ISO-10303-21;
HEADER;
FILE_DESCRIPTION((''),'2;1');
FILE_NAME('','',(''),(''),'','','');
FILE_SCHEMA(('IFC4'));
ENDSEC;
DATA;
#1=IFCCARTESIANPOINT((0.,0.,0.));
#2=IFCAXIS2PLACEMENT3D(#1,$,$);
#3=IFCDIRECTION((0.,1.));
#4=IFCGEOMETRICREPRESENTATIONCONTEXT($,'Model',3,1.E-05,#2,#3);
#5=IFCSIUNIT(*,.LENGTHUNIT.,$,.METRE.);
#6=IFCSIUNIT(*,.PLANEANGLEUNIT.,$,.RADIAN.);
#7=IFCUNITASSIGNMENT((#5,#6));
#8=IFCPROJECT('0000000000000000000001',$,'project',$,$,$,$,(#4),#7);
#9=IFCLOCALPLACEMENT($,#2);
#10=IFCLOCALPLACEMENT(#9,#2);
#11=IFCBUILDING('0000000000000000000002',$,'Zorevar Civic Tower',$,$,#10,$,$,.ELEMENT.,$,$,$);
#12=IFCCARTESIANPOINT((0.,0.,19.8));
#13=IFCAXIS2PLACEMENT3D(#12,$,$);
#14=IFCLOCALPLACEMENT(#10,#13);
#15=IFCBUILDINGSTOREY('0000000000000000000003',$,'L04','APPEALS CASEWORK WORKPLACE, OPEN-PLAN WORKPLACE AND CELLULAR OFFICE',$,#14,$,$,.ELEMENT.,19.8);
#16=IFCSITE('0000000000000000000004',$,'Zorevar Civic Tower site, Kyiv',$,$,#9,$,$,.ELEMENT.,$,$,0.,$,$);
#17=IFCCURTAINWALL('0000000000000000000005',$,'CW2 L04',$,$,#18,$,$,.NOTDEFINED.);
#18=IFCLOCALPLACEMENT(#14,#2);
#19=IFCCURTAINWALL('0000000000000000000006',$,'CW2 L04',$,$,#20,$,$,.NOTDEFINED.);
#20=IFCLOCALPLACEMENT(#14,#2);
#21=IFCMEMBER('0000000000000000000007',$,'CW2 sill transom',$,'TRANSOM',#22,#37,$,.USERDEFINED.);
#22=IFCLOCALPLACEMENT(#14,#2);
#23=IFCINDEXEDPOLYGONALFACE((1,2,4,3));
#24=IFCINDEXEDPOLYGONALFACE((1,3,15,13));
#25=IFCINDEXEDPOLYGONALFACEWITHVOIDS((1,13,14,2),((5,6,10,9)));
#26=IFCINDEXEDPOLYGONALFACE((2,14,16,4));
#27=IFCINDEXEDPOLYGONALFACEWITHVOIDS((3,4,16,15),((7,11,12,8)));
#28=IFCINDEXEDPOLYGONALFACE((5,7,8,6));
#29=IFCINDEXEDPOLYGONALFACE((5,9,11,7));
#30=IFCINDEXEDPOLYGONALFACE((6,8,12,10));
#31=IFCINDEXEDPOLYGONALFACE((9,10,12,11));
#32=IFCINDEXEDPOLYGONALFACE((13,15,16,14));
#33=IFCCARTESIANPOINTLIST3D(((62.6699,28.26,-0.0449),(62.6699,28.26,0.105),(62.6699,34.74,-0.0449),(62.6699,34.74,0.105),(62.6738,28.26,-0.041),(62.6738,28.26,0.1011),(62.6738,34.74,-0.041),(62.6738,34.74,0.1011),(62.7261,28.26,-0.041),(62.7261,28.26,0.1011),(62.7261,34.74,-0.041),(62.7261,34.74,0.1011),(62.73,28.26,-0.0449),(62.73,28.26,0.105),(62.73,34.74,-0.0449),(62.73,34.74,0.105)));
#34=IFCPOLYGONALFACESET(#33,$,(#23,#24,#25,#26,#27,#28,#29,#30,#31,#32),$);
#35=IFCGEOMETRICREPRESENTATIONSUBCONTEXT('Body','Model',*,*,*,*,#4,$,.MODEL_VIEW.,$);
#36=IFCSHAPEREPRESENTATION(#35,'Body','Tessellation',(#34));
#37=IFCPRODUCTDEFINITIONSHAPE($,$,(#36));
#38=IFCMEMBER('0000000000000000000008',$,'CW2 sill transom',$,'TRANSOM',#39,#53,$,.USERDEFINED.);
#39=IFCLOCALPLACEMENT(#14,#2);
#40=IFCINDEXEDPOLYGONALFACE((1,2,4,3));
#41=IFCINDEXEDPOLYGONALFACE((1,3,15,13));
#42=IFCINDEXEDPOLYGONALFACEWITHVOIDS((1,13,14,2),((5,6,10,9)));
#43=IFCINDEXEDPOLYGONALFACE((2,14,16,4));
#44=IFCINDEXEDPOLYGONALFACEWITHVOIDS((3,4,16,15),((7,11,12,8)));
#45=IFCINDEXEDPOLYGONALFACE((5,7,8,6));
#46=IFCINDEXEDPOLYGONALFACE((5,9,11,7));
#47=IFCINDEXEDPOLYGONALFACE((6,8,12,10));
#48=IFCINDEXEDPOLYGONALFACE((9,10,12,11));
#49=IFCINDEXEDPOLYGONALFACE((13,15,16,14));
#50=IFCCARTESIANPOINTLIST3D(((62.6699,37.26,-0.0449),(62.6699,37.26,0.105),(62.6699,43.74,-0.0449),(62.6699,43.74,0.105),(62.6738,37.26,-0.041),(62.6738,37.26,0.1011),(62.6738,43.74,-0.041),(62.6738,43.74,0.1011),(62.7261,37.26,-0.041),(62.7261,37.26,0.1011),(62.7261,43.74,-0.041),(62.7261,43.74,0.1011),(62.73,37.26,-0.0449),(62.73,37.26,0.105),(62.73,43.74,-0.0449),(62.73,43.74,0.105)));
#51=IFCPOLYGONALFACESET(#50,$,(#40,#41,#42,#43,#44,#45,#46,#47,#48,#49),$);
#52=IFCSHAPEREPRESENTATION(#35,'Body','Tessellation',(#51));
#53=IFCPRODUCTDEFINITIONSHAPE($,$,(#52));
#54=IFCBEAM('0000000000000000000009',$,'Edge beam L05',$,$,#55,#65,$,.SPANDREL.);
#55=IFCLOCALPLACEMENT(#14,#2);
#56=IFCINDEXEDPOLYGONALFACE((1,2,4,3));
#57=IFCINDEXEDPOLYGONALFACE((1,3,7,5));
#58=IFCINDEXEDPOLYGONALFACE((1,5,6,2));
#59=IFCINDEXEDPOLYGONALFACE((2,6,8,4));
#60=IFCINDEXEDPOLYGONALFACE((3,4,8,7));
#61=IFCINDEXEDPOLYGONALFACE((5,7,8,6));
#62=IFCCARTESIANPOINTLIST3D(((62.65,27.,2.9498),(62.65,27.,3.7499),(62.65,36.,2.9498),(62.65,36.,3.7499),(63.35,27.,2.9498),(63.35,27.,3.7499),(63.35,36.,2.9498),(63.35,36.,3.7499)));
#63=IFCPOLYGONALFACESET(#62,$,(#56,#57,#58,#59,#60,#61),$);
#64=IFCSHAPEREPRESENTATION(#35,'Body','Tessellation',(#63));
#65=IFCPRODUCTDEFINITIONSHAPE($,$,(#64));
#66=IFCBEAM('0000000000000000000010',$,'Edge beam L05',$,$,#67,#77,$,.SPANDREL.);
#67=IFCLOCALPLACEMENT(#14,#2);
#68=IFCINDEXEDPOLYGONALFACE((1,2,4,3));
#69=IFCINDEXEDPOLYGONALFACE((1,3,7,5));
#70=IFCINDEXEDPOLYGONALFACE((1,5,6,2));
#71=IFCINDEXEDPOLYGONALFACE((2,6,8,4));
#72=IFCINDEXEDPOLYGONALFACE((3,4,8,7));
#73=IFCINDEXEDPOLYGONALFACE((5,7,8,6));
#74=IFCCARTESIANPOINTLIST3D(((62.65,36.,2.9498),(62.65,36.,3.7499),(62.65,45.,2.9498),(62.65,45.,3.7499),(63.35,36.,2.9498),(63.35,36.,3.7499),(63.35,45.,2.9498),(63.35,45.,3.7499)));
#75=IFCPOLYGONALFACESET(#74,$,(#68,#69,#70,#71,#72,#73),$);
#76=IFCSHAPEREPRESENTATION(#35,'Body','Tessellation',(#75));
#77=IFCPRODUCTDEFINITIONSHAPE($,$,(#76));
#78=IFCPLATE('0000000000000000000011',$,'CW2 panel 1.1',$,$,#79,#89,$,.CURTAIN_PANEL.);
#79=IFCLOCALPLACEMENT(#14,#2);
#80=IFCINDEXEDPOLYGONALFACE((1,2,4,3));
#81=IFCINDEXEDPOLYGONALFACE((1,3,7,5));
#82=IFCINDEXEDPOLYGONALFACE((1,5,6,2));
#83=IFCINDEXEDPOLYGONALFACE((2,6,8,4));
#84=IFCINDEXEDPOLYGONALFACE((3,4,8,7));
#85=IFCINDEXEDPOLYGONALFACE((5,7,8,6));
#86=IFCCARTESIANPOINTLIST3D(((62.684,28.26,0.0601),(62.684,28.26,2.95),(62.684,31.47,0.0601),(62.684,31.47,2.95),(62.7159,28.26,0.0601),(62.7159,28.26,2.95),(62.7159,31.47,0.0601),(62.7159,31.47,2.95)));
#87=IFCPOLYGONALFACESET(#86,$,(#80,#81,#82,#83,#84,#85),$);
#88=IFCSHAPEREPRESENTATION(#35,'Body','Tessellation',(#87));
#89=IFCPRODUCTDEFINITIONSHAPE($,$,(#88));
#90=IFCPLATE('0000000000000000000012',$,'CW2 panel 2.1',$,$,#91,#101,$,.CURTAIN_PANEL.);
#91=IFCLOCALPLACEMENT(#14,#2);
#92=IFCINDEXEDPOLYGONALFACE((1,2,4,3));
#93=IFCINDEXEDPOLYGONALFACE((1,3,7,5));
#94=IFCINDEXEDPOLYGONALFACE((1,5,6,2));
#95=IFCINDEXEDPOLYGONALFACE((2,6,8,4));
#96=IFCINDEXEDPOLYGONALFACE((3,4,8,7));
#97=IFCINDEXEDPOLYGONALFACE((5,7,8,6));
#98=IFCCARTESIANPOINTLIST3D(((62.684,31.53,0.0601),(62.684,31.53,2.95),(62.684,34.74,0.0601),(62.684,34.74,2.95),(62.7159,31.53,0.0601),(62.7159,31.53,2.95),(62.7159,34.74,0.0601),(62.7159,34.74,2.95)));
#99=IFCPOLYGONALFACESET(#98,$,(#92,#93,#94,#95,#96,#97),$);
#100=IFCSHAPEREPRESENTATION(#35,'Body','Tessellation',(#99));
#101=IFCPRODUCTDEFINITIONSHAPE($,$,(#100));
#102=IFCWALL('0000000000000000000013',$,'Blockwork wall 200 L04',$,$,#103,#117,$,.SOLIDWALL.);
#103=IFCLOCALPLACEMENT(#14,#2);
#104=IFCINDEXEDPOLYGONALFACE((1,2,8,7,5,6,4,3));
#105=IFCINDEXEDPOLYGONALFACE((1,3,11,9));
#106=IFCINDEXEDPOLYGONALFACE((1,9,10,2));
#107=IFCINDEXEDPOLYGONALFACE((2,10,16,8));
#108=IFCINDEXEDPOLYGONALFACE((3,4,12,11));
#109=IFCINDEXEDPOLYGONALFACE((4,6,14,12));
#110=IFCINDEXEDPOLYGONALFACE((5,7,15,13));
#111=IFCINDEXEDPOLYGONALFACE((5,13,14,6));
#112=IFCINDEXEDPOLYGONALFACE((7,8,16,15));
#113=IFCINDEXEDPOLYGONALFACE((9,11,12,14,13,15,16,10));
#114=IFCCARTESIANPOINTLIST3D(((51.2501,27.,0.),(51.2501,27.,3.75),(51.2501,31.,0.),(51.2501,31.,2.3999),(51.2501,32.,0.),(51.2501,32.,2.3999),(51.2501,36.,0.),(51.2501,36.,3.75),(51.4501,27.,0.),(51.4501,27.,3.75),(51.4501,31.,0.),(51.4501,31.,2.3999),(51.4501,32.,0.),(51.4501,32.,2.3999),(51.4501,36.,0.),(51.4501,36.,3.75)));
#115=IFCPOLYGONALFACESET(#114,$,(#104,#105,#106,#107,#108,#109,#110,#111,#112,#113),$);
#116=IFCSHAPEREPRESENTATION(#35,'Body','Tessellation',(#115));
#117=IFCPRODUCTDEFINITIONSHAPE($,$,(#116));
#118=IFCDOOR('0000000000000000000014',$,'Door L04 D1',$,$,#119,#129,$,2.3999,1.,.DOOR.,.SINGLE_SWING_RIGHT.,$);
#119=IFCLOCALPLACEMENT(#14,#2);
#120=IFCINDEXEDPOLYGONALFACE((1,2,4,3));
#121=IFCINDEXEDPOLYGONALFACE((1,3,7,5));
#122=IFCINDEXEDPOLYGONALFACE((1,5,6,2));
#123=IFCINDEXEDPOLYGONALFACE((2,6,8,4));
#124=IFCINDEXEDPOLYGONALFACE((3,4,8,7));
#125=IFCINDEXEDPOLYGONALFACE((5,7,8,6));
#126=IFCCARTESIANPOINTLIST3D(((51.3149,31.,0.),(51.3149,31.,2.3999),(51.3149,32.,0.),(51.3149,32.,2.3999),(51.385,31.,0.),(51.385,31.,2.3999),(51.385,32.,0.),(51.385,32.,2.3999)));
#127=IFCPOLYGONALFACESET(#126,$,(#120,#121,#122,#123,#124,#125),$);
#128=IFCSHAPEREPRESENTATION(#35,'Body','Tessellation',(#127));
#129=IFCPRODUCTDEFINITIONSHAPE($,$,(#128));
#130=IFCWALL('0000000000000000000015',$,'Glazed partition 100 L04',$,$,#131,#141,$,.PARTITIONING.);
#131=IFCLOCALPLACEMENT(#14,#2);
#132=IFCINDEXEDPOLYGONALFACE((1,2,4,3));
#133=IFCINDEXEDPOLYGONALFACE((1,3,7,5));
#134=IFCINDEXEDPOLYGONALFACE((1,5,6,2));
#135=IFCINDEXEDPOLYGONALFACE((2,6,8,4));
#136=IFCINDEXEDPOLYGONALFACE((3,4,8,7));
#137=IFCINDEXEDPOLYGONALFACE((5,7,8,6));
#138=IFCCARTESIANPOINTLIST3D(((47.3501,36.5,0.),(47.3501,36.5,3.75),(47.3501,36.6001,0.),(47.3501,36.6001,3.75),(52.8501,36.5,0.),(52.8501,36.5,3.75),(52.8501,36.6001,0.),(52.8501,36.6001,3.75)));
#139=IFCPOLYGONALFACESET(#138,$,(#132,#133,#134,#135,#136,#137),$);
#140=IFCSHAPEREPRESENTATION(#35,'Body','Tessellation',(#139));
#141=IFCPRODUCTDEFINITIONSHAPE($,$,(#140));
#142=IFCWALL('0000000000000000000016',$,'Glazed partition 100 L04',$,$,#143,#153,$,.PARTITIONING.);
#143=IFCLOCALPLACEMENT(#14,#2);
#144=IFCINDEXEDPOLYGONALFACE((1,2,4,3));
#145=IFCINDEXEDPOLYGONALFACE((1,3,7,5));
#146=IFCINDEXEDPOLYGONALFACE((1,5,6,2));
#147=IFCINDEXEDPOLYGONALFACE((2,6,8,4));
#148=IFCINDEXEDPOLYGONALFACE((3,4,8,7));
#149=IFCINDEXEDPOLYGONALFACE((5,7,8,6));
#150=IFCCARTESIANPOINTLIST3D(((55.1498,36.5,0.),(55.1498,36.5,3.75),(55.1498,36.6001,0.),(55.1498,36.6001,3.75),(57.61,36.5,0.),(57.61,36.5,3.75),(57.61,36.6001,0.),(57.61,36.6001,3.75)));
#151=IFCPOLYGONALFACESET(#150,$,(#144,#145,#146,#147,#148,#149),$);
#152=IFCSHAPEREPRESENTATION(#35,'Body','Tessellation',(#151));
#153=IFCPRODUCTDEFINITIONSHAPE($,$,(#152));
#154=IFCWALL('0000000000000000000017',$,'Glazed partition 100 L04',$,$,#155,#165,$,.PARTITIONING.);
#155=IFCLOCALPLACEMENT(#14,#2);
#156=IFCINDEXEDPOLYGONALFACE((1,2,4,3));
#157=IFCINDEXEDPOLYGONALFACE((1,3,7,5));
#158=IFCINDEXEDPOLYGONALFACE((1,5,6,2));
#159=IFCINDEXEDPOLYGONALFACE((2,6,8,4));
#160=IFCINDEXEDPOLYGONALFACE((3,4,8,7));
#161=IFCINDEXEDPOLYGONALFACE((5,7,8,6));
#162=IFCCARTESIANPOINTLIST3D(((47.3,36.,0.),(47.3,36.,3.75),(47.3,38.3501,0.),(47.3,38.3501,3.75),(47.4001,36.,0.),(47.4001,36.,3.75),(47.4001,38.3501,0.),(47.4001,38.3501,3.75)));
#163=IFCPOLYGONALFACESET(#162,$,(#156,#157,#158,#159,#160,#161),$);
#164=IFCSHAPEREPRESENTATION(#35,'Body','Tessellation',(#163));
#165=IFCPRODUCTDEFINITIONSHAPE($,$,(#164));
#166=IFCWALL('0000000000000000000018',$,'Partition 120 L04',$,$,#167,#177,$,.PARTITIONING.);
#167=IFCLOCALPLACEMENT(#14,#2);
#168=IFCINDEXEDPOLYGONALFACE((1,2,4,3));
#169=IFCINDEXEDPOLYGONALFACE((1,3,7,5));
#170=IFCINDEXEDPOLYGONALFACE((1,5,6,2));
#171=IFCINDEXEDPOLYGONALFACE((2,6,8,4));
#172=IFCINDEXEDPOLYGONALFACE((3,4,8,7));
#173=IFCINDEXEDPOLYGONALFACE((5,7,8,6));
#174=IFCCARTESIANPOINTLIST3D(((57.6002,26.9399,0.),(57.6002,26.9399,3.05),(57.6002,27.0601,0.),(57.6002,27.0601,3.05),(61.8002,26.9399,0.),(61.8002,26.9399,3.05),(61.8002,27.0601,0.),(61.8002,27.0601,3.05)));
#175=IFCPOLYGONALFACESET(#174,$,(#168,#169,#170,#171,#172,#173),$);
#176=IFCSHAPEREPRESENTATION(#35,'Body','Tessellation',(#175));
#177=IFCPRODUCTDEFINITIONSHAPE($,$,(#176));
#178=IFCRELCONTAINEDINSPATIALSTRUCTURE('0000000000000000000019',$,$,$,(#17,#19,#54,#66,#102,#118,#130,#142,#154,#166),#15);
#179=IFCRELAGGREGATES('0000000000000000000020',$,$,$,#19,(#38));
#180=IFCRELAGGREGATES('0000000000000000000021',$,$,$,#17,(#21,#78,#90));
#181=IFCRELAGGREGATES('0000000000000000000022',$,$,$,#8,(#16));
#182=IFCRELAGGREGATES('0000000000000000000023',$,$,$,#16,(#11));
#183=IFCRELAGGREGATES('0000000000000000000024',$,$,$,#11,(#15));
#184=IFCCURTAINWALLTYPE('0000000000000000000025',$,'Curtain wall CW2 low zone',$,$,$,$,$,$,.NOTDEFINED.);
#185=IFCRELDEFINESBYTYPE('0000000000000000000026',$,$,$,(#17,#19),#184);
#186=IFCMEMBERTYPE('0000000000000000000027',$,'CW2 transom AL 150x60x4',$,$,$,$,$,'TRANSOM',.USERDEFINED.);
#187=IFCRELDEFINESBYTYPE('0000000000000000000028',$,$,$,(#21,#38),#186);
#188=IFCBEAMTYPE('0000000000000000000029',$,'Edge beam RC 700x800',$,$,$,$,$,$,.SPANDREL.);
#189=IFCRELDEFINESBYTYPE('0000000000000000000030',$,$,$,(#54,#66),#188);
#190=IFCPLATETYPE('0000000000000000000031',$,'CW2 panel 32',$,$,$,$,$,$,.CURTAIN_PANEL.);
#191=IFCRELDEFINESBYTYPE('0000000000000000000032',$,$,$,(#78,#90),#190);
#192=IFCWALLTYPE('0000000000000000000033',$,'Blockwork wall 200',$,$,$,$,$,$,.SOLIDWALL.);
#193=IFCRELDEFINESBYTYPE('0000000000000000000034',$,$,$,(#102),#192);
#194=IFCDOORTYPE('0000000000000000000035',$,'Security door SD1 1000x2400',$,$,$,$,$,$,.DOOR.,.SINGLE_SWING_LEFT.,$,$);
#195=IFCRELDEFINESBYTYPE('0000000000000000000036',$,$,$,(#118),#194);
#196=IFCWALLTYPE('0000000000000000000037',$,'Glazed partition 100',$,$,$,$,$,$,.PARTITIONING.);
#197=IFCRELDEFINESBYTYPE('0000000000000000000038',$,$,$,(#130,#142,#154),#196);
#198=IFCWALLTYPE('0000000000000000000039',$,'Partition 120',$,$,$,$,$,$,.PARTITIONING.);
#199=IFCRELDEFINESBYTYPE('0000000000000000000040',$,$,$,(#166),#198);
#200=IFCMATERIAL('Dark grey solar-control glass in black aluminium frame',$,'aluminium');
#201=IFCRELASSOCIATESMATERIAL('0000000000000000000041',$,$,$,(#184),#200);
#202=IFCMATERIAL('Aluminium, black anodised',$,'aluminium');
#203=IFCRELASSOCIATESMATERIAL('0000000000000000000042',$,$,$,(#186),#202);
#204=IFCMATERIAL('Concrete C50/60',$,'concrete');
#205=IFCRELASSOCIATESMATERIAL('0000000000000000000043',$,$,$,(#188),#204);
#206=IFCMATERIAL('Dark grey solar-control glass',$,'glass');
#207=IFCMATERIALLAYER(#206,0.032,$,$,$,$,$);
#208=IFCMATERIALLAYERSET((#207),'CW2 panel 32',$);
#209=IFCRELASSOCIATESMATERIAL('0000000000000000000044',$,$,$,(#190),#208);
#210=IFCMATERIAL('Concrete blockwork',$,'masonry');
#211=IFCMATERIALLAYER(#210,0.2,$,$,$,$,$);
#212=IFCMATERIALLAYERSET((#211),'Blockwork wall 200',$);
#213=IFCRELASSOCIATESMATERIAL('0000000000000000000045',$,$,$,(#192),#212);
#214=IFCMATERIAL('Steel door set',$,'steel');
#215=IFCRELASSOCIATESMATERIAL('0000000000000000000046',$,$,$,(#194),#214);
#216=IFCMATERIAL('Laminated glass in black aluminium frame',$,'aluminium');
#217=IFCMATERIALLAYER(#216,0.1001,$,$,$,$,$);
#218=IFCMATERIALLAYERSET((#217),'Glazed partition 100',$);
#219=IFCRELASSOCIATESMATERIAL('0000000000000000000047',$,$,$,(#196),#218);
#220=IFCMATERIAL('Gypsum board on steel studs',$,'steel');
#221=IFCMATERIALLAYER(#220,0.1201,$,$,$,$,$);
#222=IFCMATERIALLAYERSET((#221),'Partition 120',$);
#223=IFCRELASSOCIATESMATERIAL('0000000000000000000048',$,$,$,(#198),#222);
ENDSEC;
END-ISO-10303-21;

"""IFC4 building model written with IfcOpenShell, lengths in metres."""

from ifc_helpers import new_model, si_unit, direction, frame, frame_2d, origin, origin_2d, place, context, subcontext, project, spatial, rectangle, hollow_rectangle, extrude, material, layer, layer_set, material_profile, profile_set, type_object, element, fill, aggregate, save


model = new_model("IFC4")

# Units and contexts
model_context = context("Model", 3, precision=1e-05, world=origin(), true_north=direction((0.0, 1.0)))
body_context = subcontext(model_context, "Body", "Model", "MODEL_VIEW")
ifc_project = project(units=[si_unit("LENGTHUNIT", "METRE"), si_unit("PLANEANGLEUNIT", "RADIAN")], contexts=[model_context])

# Site, building, storey
site_placement = place(None, origin())
site = spatial("IfcSite", under=ifc_project, at=site_placement, Name="Zorevar Civic Tower site, Kyiv", CompositionType="ELEMENT", RefElevation=0.0)
building_placement = place(site_placement, origin())
building = spatial("IfcBuilding", under=site, at=building_placement, Name="Zorevar Civic Tower", CompositionType="ELEMENT")
storey_placement = place(building_placement, frame((0.0, 0.0, 19.8)))
storey = spatial("IfcBuildingStorey", under=building, at=storey_placement, Name="L04", Description="APPEALS CASEWORK WORKPLACE, OPEN-PLAN WORKPLACE AND CELLULAR OFFICE", CompositionType="ELEMENT", Elevation=19.8)

# Curtain wall
ifc_material_1 = material(Name="Dark grey solar-control glass in black aluminium frame", Category="aluminium")
curtain_wall_type = type_object("IfcCurtainWallType", Name="Curtain wall CW2 low zone", PredefinedType="NOTDEFINED", material=ifc_material_1)
curtain_wall_1_placement = place(storey_placement, origin())
curtain_wall_1 = element("IfcCurtainWall", 1, at=curtain_wall_1_placement, inside=storey, type_object=curtain_wall_type, Name="CW2 L04", PredefinedType="NOTDEFINED")

# Curtain wall
curtain_wall_2_placement = place(storey_placement, origin())
curtain_wall_2 = element("IfcCurtainWall", 2, at=curtain_wall_2_placement, inside=storey, type_object=curtain_wall_type, Name="CW2 L04", PredefinedType="NOTDEFINED")

# Members
ifc_material_2 = material(Name="Aluminium, black anodised", Category="aluminium")
ifc_material_profile_1 = material_profile(ifc_material_2, hollow_rectangle(XDim=0.0601, YDim=0.1499, WallThickness=0.0039, at=origin_2d()), Name="AL 150x60x4")
ifc_profile_set_1 = profile_set([ifc_material_profile_1], Name="Aluminium, black anodised")
member_type_1 = type_object("IfcMemberType", Name="CW2 transom AL 150x60x4", ElementType="TRANSOM", PredefinedType="USERDEFINED", material=ifc_profile_set_1)
member_1_placement = place(storey_placement, frame((62.7, 28.26, 0.03), z_axis=(0.0, 1.0, 0.0), x_axis=(-1.0, 0.0, 0.0)))
member_1 = element("IfcMember", 3, at=member_1_placement, type_object=member_type_1, Name="CW2 sill transom", ObjectType="TRANSOM", PredefinedType="USERDEFINED", context=body_context, shape_type="SweptSolid", body=[
    extrude(hollow_rectangle(XDim=0.0601, YDim=0.1499, WallThickness=0.0039, at=origin_2d()), origin(), (0.0, 0.0, 1.0), 6.48),
])
member_2_placement = place(storey_placement, frame((62.7, 37.26, 0.03), z_axis=(0.0, 1.0, 0.0), x_axis=(-1.0, 0.0, 0.0)))
member_2 = element("IfcMember", 4, at=member_2_placement, type_object=member_type_1, Name="CW2 sill transom", ObjectType="TRANSOM", PredefinedType="USERDEFINED", context=body_context, shape_type="SweptSolid", body=[
    extrude(hollow_rectangle(XDim=0.0601, YDim=0.1499, WallThickness=0.0039, at=origin_2d()), origin(), (0.0, 0.0, 1.0), 6.48),
])
aggregate(curtain_wall_2, [member_2])

# Beams
ifc_material_3 = material(Name="Concrete C50/60", Category="concrete")
ifc_material_profile_2 = material_profile(ifc_material_3, rectangle(XDim=0.7, YDim=0.8, at=origin_2d()), Name="RC 700x800")
ifc_profile_set_2 = profile_set([ifc_material_profile_2], Name="Concrete C50/60")
beam_type_1 = type_object("IfcBeamType", Name="Edge beam RC 700x800", PredefinedType="SPANDREL", material=ifc_profile_set_2)
for number, where, z_axis, x_axis, name in (
    (5, (63.0, 27.0, 3.3499), (0.0, 1.0, 0.0), (-1.0, 0.0, 0.0), "Edge beam L05"),
    (6, (63.0, 36.0, 3.3499), (0.0, 1.0, 0.0), (-1.0, 0.0, 0.0), "Edge beam L05"),
):
    element("IfcBeam", number, at=place(storey_placement, frame(where, z_axis=z_axis, x_axis=x_axis)), inside=storey, type_object=beam_type_1, Name=name, PredefinedType="SPANDREL", context=body_context, shape_type="SweptSolid", body=[
        extrude(rectangle(XDim=0.7, YDim=0.8, at=origin_2d()), origin(), (0.0, 0.0, 1.0), 9.0),
    ])

# Plates
ifc_material_4 = material(Name="Dark grey solar-control glass", Category="glass")
ifc_layer_1 = layer(ifc_material_4, 0.032)
ifc_layer_set_1 = layer_set([ifc_layer_1], Name="CW2 panel 32")
plate_type = type_object("IfcPlateType", Name="CW2 panel 32", PredefinedType="CURTAIN_PANEL", material=ifc_layer_set_1)
plate_1_placement = place(storey_placement, frame((62.7, 29.865, 0.0601), z_axis=(0.0, 0.0, 1.0), x_axis=(0.0, 1.0, 0.0)))
plate_1 = element("IfcPlate", 7, at=plate_1_placement, type_object=plate_type, Name="CW2 panel 1.1", PredefinedType="CURTAIN_PANEL", context=body_context, shape_type="SweptSolid", body=[
    extrude(rectangle(XDim=3.21, YDim=0.032, at=origin_2d()), origin(), (0.0, 0.0, 1.0), 2.8899),
])
plate_2_placement = place(storey_placement, frame((62.7, 33.135, 0.0601), z_axis=(0.0, 0.0, 1.0), x_axis=(0.0, 1.0, 0.0)))
plate_2 = element("IfcPlate", 8, at=plate_2_placement, type_object=plate_type, Name="CW2 panel 2.1", PredefinedType="CURTAIN_PANEL", context=body_context, shape_type="SweptSolid", body=[
    extrude(rectangle(XDim=3.21, YDim=0.032, at=origin_2d()), origin(), (0.0, 0.0, 1.0), 2.8899),
])
aggregate(curtain_wall_1, [member_1, plate_1, plate_2])

# Wall, opening, door
ifc_material_5 = material(Name="Concrete blockwork", Category="masonry")
ifc_layer_2 = layer(ifc_material_5, 0.2)
ifc_layer_set_2 = layer_set([ifc_layer_2], Name="Blockwork wall 200")
wall_type_1 = type_object("IfcWallType", Name="Blockwork wall 200", PredefinedType="SOLIDWALL", material=ifc_layer_set_2)
wall_1_placement = place(storey_placement, frame((51.3501, 27.0, 0.0), z_axis=(0.0, 0.0, 1.0), x_axis=(0.0, 1.0, 0.0)))
wall_1 = element("IfcWall", 9, at=wall_1_placement, inside=storey, type_object=wall_type_1, Name="Blockwork wall 200 L04", PredefinedType="SOLIDWALL", context=body_context, shape_type="SweptSolid", body=[
    extrude(rectangle(XDim=9.0, YDim=0.2, at=frame_2d((4.5, 0.0))), origin(), (0.0, 0.0, 1.0), 3.75),
])
opening_1_placement = place(wall_1_placement, frame((4.0, 0.0, 0.0)))
opening_1 = element("IfcOpeningElement", 10, at=opening_1_placement, cuts=wall_1, PredefinedType="OPENING", context=body_context, shape_type="SweptSolid", body=[
    extrude(rectangle(XDim=1.0, YDim=2.3999, at=frame_2d((0.5, 1.2))), frame((0.0, 0.1099, 0.0), z_axis=(0.0, -1.0, 0.0), x_axis=(1.0, 0.0, 0.0)), (0.0, 0.0, 1.0), 0.22),
])
ifc_material_6 = material(Name="Steel door set", Category="steel")
door_type_1 = type_object("IfcDoorType", Name="Security door SD1 1000x2400", OperationType="SINGLE_SWING_LEFT", PredefinedType="DOOR", material=ifc_material_6)
door_1_placement = place(opening_1_placement, origin())
door_1 = element("IfcDoor", 11, at=door_1_placement, inside=storey, type_object=door_type_1, Name="Door L04 D1", OperationType="SINGLE_SWING_RIGHT", OverallHeight=2.3999, OverallWidth=1.0, PredefinedType="DOOR", context=body_context, shape_type="SweptSolid", body=[
    extrude(rectangle(XDim=1.0, YDim=2.3999, at=frame_2d((0.5, 1.2))), frame((0.0, 0.0352, 0.0), z_axis=(0.0, -1.0, 0.0), x_axis=(1.0, 0.0, 0.0)), (0.0, 0.0, 1.0), 0.0701),
])
fill(opening_1, door_1)

# Walls
ifc_material_7 = material(Name="Laminated glass in black aluminium frame", Category="aluminium")
ifc_layer_3 = layer(ifc_material_7, 0.1001)
ifc_layer_set_3 = layer_set([ifc_layer_3], Name="Glazed partition 100")
wall_type_2 = type_object("IfcWallType", Name="Glazed partition 100", PredefinedType="PARTITIONING", material=ifc_layer_set_3)
wall_2_placement = place(storey_placement, frame((47.3501, 36.55, 0.0), z_axis=(0.0, 0.0, 1.0), x_axis=(1.0, 0.0, 0.0)))
element("IfcWall", 12, at=wall_2_placement, inside=storey, type_object=wall_type_2, Name="Glazed partition 100 L04", PredefinedType="PARTITIONING", context=body_context, shape_type="SweptSolid", body=[
    extrude(rectangle(XDim=5.5, YDim=0.1001, at=frame_2d((2.75, 0.0))), origin(), (0.0, 0.0, 1.0), 3.75),
])
wall_3_placement = place(storey_placement, frame((55.1499, 36.55, 0.0), z_axis=(0.0, 0.0, 1.0), x_axis=(1.0, 0.0, 0.0)))
element("IfcWall", 13, at=wall_3_placement, inside=storey, type_object=wall_type_2, Name="Glazed partition 100 L04", PredefinedType="PARTITIONING", context=body_context, shape_type="SweptSolid", body=[
    extrude(rectangle(XDim=2.4602, YDim=0.1001, at=frame_2d((1.23, 0.0))), origin(), (0.0, 0.0, 1.0), 3.75),
])
wall_4_placement = place(storey_placement, frame((47.3501, 36.0, 0.0), z_axis=(0.0, 0.0, 1.0), x_axis=(0.0, 1.0, 0.0)))
element("IfcWall", 14, at=wall_4_placement, inside=storey, type_object=wall_type_2, Name="Glazed partition 100 L04", PredefinedType="PARTITIONING", context=body_context, shape_type="SweptSolid", body=[
    extrude(rectangle(XDim=2.3501, YDim=0.1001, at=frame_2d((1.175, 0.0))), origin(), (0.0, 0.0, 1.0), 3.75),
])
ifc_material_8 = material(Name="Gypsum board on steel studs", Category="steel")
ifc_layer_4 = layer(ifc_material_8, 0.1201)
ifc_layer_set_4 = layer_set([ifc_layer_4], Name="Partition 120")
wall_type_3 = type_object("IfcWallType", Name="Partition 120", PredefinedType="PARTITIONING", material=ifc_layer_set_4)
wall_5_placement = place(storey_placement, frame((57.6001, 27.0, 0.0), z_axis=(0.0, 0.0, 1.0), x_axis=(1.0, 0.0, 0.0)))
element("IfcWall", 15, at=wall_5_placement, inside=storey, type_object=wall_type_3, Name="Partition 120 L04", PredefinedType="PARTITIONING", context=body_context, shape_type="SweptSolid", body=[
    extrude(rectangle(XDim=4.2, YDim=0.1201, at=frame_2d((2.1001, 0.0))), origin(), (0.0, 0.0, 1.0), 3.05),
])

save(model, "model.ifc")
